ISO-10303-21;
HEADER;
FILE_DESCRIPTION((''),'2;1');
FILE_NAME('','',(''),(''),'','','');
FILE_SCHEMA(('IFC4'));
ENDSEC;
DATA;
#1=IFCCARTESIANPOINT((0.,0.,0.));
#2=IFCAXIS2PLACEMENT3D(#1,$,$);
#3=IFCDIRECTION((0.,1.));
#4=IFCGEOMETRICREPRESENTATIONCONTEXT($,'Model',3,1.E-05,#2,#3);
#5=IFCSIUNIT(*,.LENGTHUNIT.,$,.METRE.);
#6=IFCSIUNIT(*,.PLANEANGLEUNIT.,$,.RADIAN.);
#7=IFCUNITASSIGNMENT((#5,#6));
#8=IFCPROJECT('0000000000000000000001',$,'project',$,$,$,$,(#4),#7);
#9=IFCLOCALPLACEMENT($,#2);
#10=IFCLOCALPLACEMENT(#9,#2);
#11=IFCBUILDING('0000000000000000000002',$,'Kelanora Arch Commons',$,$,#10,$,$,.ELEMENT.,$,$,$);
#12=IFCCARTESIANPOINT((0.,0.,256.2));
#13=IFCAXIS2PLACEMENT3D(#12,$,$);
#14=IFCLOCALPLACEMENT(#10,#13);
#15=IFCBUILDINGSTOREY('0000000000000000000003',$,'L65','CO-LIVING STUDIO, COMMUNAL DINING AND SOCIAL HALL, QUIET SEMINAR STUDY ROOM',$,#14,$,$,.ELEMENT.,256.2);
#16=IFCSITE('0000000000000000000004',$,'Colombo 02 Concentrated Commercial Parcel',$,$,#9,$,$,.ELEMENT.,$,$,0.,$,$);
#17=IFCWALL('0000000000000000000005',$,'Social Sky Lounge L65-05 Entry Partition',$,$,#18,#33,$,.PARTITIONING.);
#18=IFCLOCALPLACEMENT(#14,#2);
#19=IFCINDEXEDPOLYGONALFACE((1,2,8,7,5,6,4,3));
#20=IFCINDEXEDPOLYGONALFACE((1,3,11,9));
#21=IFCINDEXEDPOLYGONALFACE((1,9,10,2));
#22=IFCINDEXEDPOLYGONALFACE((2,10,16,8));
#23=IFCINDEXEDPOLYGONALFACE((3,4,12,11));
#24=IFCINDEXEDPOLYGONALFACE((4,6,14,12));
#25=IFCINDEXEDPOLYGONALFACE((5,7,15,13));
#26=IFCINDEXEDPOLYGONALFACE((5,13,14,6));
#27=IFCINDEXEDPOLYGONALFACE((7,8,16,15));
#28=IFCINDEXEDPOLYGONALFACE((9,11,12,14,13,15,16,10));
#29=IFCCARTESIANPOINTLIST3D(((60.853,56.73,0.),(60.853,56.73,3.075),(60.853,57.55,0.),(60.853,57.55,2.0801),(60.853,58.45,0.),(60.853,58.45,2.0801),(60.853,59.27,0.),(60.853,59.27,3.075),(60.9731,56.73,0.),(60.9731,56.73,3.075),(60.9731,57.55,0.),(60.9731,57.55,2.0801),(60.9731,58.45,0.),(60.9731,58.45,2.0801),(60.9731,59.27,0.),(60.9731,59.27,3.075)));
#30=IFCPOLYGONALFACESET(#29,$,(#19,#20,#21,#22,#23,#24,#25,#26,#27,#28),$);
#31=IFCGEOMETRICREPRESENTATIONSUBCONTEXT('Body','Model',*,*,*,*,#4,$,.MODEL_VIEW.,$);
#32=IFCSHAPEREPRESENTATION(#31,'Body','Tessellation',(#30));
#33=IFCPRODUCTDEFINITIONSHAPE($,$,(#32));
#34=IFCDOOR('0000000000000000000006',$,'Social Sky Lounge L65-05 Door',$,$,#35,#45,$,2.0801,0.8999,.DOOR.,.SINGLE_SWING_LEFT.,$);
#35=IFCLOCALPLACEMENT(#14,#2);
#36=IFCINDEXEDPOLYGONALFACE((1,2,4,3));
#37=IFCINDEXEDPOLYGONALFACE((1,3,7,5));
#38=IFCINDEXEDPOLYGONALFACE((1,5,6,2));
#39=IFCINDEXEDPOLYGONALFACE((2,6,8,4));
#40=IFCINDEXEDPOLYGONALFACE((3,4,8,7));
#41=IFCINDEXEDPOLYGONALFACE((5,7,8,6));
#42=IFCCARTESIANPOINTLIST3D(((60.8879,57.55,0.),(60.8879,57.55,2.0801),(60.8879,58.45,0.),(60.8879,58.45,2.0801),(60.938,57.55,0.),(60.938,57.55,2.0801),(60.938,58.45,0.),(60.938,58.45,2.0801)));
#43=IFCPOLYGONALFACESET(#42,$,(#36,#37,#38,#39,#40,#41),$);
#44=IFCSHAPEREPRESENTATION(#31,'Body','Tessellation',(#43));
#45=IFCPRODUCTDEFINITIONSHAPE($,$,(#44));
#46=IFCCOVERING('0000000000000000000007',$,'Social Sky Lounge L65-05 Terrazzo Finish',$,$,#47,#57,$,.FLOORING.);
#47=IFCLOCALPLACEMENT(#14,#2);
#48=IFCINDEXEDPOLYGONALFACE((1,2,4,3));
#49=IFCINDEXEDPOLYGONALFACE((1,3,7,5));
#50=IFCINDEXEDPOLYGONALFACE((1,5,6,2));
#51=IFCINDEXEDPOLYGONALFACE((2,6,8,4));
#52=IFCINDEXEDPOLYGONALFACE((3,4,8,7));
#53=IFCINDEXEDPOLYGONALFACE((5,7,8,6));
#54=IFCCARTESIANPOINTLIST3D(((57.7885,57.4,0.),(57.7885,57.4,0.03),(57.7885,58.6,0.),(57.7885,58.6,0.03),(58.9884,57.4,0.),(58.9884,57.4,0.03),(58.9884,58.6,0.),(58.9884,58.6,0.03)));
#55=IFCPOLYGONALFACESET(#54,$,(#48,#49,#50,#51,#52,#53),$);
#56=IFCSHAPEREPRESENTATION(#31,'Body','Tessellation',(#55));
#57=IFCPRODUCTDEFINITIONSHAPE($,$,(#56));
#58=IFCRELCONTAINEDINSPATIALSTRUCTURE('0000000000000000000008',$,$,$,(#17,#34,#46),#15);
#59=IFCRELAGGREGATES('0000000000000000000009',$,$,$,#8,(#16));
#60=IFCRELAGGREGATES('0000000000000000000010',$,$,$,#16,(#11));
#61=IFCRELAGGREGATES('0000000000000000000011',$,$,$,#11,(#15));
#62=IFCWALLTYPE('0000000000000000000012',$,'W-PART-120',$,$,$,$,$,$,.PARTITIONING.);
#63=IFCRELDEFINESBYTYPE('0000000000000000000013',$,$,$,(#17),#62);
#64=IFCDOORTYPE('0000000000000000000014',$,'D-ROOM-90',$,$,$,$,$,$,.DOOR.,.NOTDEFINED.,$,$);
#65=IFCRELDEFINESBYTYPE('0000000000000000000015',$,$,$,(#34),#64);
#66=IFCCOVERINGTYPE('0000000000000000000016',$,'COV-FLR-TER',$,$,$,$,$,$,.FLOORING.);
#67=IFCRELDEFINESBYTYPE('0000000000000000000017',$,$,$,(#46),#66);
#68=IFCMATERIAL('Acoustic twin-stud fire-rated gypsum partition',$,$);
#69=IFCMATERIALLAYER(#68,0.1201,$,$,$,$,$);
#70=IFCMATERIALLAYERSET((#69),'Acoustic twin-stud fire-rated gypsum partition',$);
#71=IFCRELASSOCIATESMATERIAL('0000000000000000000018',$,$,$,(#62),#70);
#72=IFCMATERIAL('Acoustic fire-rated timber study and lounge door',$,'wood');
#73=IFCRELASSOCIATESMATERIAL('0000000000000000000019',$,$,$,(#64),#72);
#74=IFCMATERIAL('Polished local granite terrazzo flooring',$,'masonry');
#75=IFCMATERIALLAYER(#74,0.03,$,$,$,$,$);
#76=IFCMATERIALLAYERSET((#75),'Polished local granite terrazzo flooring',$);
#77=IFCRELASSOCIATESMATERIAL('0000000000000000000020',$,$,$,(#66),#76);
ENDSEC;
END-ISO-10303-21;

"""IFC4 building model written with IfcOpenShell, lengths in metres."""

from ifc_helpers import new_model, si_unit, direction, frame, frame_2d, origin, origin_2d, place, context, subcontext, project, spatial, rectangle, extrude, source, transform, mapped, material, layer, layer_set, type_object, element, fill, save


model = new_model("IFC4")

# Units and contexts
model_context = context("Model", 3, precision=1e-05, world=origin(), true_north=direction((0.0, 1.0)))
body_context = subcontext(model_context, "Body", "Model", "MODEL_VIEW")
ifc_project = project(units=[si_unit("LENGTHUNIT", "METRE"), si_unit("PLANEANGLEUNIT", "RADIAN")], contexts=[model_context])

# Site, building, storey
site_placement = place(None, origin())
site = spatial("IfcSite", under=ifc_project, at=site_placement, Name="Colombo 02 Concentrated Commercial Parcel", CompositionType="ELEMENT", RefElevation=0.0)
building_placement = place(site_placement, origin())
building = spatial("IfcBuilding", under=site, at=building_placement, Name="Kelanora Arch Commons", CompositionType="ELEMENT")
storey_placement = place(building_placement, frame((0.0, 0.0, 256.2)))
storey = spatial("IfcBuildingStorey", under=building, at=storey_placement, Name="L65", Description="CO-LIVING STUDIO, COMMUNAL DINING AND SOCIAL HALL, QUIET SEMINAR STUDY ROOM", CompositionType="ELEMENT", Elevation=256.2)

# Wall, opening, door
ifc_material_1 = material(Name="Acoustic twin-stud fire-rated gypsum partition")
ifc_layer_1 = layer(ifc_material_1, 0.1201)
ifc_layer_set_1 = layer_set([ifc_layer_1], Name="Acoustic twin-stud fire-rated gypsum partition")
wall_type_1 = type_object("IfcWallType", Name="W-PART-120", PredefinedType="PARTITIONING", material=ifc_layer_set_1)
wall_1_placement = place(storey_placement, frame((60.9131, 59.27, 0.0), z_axis=(0.0, 0.0, 1.0), x_axis=(0.0, -1.0, 0.0)))
wall_1 = element("IfcWall", 1, at=wall_1_placement, inside=storey, type_object=wall_type_1, Name="Social Sky Lounge L65-05 Entry Partition", PredefinedType="PARTITIONING", context=body_context, shape_type="SweptSolid", body=[
    extrude(rectangle(XDim=2.54, YDim=0.1201, at=frame_2d((1.27, 0.0))), origin(), (0.0, 0.0, 1.0), 3.075),
])
opening_placement = place(wall_1_placement, frame((0.8201, 0.0, 0.0)))
opening = element("IfcOpeningElement", 2, at=opening_placement, cuts=wall_1, PredefinedType="OPENING", context=body_context, shape_type="SweptSolid", body=[
    extrude(rectangle(XDim=0.8999, YDim=2.0801, at=frame_2d((0.45, 1.04))), frame((0.0, 0.0701, 0.0), z_axis=(0.0, -1.0, 0.0), x_axis=(1.0, 0.0, 0.0)), (0.0, 0.0, 1.0), 0.1401),
])
ifc_material_2 = material(Name="Acoustic fire-rated timber study and lounge door", Category="wood")
door_type = type_object("IfcDoorType", Name="D-ROOM-90", OperationType="NOTDEFINED", PredefinedType="DOOR", material=ifc_material_2)
door_placement = place(opening_placement, origin())
door = element("IfcDoor", 3, at=door_placement, inside=storey, type_object=door_type, Name="Social Sky Lounge L65-05 Door", OperationType="SINGLE_SWING_LEFT", OverallHeight=2.0801, OverallWidth=0.8999, PredefinedType="DOOR", context=body_context, shape_type="SweptSolid", body=[
    extrude(rectangle(XDim=0.8999, YDim=2.0801, at=frame_2d((0.45, 1.04))), frame((0.0, 0.0249, 0.0), z_axis=(0.0, -1.0, 0.0), x_axis=(1.0, 0.0, 0.0)), (0.0, 0.0, 1.0), 0.05),
])
fill(opening, door)

# Covering
ifc_material_3 = material(Name="Polished local granite terrazzo flooring", Category="masonry")
ifc_layer_2 = layer(ifc_material_3, 0.03)
ifc_layer_set_2 = layer_set([ifc_layer_2], Name="Polished local granite terrazzo flooring")
covering_type = type_object("IfcCoveringType", Name="COV-FLR-TER", PredefinedType="FLOORING", material=ifc_layer_set_2)
shared_shape_1 = source(origin(), body_context, "Body", "SweptSolid", [
    extrude(rectangle(XDim=1.2, YDim=1.2, at=origin_2d()), origin(), (0.0, 0.0, 1.0), 0.03),
])
covering_placement = place(storey_placement, frame((58.3884, 58.0, 0.0), z_axis=(0.0, 0.0, 1.0), x_axis=(1.0, 0.0, 0.0)))
element("IfcCovering", 4, at=covering_placement, inside=storey, type_object=covering_type, Name="Social Sky Lounge L65-05 Terrazzo Finish", PredefinedType="FLOORING", context=body_context, shape_type="MappedRepresentation", body=[
    mapped(shared_shape_1, transform((0.0, 0.0, 0.0), scale=1.0)),
])

save(model, "model.ifc")
